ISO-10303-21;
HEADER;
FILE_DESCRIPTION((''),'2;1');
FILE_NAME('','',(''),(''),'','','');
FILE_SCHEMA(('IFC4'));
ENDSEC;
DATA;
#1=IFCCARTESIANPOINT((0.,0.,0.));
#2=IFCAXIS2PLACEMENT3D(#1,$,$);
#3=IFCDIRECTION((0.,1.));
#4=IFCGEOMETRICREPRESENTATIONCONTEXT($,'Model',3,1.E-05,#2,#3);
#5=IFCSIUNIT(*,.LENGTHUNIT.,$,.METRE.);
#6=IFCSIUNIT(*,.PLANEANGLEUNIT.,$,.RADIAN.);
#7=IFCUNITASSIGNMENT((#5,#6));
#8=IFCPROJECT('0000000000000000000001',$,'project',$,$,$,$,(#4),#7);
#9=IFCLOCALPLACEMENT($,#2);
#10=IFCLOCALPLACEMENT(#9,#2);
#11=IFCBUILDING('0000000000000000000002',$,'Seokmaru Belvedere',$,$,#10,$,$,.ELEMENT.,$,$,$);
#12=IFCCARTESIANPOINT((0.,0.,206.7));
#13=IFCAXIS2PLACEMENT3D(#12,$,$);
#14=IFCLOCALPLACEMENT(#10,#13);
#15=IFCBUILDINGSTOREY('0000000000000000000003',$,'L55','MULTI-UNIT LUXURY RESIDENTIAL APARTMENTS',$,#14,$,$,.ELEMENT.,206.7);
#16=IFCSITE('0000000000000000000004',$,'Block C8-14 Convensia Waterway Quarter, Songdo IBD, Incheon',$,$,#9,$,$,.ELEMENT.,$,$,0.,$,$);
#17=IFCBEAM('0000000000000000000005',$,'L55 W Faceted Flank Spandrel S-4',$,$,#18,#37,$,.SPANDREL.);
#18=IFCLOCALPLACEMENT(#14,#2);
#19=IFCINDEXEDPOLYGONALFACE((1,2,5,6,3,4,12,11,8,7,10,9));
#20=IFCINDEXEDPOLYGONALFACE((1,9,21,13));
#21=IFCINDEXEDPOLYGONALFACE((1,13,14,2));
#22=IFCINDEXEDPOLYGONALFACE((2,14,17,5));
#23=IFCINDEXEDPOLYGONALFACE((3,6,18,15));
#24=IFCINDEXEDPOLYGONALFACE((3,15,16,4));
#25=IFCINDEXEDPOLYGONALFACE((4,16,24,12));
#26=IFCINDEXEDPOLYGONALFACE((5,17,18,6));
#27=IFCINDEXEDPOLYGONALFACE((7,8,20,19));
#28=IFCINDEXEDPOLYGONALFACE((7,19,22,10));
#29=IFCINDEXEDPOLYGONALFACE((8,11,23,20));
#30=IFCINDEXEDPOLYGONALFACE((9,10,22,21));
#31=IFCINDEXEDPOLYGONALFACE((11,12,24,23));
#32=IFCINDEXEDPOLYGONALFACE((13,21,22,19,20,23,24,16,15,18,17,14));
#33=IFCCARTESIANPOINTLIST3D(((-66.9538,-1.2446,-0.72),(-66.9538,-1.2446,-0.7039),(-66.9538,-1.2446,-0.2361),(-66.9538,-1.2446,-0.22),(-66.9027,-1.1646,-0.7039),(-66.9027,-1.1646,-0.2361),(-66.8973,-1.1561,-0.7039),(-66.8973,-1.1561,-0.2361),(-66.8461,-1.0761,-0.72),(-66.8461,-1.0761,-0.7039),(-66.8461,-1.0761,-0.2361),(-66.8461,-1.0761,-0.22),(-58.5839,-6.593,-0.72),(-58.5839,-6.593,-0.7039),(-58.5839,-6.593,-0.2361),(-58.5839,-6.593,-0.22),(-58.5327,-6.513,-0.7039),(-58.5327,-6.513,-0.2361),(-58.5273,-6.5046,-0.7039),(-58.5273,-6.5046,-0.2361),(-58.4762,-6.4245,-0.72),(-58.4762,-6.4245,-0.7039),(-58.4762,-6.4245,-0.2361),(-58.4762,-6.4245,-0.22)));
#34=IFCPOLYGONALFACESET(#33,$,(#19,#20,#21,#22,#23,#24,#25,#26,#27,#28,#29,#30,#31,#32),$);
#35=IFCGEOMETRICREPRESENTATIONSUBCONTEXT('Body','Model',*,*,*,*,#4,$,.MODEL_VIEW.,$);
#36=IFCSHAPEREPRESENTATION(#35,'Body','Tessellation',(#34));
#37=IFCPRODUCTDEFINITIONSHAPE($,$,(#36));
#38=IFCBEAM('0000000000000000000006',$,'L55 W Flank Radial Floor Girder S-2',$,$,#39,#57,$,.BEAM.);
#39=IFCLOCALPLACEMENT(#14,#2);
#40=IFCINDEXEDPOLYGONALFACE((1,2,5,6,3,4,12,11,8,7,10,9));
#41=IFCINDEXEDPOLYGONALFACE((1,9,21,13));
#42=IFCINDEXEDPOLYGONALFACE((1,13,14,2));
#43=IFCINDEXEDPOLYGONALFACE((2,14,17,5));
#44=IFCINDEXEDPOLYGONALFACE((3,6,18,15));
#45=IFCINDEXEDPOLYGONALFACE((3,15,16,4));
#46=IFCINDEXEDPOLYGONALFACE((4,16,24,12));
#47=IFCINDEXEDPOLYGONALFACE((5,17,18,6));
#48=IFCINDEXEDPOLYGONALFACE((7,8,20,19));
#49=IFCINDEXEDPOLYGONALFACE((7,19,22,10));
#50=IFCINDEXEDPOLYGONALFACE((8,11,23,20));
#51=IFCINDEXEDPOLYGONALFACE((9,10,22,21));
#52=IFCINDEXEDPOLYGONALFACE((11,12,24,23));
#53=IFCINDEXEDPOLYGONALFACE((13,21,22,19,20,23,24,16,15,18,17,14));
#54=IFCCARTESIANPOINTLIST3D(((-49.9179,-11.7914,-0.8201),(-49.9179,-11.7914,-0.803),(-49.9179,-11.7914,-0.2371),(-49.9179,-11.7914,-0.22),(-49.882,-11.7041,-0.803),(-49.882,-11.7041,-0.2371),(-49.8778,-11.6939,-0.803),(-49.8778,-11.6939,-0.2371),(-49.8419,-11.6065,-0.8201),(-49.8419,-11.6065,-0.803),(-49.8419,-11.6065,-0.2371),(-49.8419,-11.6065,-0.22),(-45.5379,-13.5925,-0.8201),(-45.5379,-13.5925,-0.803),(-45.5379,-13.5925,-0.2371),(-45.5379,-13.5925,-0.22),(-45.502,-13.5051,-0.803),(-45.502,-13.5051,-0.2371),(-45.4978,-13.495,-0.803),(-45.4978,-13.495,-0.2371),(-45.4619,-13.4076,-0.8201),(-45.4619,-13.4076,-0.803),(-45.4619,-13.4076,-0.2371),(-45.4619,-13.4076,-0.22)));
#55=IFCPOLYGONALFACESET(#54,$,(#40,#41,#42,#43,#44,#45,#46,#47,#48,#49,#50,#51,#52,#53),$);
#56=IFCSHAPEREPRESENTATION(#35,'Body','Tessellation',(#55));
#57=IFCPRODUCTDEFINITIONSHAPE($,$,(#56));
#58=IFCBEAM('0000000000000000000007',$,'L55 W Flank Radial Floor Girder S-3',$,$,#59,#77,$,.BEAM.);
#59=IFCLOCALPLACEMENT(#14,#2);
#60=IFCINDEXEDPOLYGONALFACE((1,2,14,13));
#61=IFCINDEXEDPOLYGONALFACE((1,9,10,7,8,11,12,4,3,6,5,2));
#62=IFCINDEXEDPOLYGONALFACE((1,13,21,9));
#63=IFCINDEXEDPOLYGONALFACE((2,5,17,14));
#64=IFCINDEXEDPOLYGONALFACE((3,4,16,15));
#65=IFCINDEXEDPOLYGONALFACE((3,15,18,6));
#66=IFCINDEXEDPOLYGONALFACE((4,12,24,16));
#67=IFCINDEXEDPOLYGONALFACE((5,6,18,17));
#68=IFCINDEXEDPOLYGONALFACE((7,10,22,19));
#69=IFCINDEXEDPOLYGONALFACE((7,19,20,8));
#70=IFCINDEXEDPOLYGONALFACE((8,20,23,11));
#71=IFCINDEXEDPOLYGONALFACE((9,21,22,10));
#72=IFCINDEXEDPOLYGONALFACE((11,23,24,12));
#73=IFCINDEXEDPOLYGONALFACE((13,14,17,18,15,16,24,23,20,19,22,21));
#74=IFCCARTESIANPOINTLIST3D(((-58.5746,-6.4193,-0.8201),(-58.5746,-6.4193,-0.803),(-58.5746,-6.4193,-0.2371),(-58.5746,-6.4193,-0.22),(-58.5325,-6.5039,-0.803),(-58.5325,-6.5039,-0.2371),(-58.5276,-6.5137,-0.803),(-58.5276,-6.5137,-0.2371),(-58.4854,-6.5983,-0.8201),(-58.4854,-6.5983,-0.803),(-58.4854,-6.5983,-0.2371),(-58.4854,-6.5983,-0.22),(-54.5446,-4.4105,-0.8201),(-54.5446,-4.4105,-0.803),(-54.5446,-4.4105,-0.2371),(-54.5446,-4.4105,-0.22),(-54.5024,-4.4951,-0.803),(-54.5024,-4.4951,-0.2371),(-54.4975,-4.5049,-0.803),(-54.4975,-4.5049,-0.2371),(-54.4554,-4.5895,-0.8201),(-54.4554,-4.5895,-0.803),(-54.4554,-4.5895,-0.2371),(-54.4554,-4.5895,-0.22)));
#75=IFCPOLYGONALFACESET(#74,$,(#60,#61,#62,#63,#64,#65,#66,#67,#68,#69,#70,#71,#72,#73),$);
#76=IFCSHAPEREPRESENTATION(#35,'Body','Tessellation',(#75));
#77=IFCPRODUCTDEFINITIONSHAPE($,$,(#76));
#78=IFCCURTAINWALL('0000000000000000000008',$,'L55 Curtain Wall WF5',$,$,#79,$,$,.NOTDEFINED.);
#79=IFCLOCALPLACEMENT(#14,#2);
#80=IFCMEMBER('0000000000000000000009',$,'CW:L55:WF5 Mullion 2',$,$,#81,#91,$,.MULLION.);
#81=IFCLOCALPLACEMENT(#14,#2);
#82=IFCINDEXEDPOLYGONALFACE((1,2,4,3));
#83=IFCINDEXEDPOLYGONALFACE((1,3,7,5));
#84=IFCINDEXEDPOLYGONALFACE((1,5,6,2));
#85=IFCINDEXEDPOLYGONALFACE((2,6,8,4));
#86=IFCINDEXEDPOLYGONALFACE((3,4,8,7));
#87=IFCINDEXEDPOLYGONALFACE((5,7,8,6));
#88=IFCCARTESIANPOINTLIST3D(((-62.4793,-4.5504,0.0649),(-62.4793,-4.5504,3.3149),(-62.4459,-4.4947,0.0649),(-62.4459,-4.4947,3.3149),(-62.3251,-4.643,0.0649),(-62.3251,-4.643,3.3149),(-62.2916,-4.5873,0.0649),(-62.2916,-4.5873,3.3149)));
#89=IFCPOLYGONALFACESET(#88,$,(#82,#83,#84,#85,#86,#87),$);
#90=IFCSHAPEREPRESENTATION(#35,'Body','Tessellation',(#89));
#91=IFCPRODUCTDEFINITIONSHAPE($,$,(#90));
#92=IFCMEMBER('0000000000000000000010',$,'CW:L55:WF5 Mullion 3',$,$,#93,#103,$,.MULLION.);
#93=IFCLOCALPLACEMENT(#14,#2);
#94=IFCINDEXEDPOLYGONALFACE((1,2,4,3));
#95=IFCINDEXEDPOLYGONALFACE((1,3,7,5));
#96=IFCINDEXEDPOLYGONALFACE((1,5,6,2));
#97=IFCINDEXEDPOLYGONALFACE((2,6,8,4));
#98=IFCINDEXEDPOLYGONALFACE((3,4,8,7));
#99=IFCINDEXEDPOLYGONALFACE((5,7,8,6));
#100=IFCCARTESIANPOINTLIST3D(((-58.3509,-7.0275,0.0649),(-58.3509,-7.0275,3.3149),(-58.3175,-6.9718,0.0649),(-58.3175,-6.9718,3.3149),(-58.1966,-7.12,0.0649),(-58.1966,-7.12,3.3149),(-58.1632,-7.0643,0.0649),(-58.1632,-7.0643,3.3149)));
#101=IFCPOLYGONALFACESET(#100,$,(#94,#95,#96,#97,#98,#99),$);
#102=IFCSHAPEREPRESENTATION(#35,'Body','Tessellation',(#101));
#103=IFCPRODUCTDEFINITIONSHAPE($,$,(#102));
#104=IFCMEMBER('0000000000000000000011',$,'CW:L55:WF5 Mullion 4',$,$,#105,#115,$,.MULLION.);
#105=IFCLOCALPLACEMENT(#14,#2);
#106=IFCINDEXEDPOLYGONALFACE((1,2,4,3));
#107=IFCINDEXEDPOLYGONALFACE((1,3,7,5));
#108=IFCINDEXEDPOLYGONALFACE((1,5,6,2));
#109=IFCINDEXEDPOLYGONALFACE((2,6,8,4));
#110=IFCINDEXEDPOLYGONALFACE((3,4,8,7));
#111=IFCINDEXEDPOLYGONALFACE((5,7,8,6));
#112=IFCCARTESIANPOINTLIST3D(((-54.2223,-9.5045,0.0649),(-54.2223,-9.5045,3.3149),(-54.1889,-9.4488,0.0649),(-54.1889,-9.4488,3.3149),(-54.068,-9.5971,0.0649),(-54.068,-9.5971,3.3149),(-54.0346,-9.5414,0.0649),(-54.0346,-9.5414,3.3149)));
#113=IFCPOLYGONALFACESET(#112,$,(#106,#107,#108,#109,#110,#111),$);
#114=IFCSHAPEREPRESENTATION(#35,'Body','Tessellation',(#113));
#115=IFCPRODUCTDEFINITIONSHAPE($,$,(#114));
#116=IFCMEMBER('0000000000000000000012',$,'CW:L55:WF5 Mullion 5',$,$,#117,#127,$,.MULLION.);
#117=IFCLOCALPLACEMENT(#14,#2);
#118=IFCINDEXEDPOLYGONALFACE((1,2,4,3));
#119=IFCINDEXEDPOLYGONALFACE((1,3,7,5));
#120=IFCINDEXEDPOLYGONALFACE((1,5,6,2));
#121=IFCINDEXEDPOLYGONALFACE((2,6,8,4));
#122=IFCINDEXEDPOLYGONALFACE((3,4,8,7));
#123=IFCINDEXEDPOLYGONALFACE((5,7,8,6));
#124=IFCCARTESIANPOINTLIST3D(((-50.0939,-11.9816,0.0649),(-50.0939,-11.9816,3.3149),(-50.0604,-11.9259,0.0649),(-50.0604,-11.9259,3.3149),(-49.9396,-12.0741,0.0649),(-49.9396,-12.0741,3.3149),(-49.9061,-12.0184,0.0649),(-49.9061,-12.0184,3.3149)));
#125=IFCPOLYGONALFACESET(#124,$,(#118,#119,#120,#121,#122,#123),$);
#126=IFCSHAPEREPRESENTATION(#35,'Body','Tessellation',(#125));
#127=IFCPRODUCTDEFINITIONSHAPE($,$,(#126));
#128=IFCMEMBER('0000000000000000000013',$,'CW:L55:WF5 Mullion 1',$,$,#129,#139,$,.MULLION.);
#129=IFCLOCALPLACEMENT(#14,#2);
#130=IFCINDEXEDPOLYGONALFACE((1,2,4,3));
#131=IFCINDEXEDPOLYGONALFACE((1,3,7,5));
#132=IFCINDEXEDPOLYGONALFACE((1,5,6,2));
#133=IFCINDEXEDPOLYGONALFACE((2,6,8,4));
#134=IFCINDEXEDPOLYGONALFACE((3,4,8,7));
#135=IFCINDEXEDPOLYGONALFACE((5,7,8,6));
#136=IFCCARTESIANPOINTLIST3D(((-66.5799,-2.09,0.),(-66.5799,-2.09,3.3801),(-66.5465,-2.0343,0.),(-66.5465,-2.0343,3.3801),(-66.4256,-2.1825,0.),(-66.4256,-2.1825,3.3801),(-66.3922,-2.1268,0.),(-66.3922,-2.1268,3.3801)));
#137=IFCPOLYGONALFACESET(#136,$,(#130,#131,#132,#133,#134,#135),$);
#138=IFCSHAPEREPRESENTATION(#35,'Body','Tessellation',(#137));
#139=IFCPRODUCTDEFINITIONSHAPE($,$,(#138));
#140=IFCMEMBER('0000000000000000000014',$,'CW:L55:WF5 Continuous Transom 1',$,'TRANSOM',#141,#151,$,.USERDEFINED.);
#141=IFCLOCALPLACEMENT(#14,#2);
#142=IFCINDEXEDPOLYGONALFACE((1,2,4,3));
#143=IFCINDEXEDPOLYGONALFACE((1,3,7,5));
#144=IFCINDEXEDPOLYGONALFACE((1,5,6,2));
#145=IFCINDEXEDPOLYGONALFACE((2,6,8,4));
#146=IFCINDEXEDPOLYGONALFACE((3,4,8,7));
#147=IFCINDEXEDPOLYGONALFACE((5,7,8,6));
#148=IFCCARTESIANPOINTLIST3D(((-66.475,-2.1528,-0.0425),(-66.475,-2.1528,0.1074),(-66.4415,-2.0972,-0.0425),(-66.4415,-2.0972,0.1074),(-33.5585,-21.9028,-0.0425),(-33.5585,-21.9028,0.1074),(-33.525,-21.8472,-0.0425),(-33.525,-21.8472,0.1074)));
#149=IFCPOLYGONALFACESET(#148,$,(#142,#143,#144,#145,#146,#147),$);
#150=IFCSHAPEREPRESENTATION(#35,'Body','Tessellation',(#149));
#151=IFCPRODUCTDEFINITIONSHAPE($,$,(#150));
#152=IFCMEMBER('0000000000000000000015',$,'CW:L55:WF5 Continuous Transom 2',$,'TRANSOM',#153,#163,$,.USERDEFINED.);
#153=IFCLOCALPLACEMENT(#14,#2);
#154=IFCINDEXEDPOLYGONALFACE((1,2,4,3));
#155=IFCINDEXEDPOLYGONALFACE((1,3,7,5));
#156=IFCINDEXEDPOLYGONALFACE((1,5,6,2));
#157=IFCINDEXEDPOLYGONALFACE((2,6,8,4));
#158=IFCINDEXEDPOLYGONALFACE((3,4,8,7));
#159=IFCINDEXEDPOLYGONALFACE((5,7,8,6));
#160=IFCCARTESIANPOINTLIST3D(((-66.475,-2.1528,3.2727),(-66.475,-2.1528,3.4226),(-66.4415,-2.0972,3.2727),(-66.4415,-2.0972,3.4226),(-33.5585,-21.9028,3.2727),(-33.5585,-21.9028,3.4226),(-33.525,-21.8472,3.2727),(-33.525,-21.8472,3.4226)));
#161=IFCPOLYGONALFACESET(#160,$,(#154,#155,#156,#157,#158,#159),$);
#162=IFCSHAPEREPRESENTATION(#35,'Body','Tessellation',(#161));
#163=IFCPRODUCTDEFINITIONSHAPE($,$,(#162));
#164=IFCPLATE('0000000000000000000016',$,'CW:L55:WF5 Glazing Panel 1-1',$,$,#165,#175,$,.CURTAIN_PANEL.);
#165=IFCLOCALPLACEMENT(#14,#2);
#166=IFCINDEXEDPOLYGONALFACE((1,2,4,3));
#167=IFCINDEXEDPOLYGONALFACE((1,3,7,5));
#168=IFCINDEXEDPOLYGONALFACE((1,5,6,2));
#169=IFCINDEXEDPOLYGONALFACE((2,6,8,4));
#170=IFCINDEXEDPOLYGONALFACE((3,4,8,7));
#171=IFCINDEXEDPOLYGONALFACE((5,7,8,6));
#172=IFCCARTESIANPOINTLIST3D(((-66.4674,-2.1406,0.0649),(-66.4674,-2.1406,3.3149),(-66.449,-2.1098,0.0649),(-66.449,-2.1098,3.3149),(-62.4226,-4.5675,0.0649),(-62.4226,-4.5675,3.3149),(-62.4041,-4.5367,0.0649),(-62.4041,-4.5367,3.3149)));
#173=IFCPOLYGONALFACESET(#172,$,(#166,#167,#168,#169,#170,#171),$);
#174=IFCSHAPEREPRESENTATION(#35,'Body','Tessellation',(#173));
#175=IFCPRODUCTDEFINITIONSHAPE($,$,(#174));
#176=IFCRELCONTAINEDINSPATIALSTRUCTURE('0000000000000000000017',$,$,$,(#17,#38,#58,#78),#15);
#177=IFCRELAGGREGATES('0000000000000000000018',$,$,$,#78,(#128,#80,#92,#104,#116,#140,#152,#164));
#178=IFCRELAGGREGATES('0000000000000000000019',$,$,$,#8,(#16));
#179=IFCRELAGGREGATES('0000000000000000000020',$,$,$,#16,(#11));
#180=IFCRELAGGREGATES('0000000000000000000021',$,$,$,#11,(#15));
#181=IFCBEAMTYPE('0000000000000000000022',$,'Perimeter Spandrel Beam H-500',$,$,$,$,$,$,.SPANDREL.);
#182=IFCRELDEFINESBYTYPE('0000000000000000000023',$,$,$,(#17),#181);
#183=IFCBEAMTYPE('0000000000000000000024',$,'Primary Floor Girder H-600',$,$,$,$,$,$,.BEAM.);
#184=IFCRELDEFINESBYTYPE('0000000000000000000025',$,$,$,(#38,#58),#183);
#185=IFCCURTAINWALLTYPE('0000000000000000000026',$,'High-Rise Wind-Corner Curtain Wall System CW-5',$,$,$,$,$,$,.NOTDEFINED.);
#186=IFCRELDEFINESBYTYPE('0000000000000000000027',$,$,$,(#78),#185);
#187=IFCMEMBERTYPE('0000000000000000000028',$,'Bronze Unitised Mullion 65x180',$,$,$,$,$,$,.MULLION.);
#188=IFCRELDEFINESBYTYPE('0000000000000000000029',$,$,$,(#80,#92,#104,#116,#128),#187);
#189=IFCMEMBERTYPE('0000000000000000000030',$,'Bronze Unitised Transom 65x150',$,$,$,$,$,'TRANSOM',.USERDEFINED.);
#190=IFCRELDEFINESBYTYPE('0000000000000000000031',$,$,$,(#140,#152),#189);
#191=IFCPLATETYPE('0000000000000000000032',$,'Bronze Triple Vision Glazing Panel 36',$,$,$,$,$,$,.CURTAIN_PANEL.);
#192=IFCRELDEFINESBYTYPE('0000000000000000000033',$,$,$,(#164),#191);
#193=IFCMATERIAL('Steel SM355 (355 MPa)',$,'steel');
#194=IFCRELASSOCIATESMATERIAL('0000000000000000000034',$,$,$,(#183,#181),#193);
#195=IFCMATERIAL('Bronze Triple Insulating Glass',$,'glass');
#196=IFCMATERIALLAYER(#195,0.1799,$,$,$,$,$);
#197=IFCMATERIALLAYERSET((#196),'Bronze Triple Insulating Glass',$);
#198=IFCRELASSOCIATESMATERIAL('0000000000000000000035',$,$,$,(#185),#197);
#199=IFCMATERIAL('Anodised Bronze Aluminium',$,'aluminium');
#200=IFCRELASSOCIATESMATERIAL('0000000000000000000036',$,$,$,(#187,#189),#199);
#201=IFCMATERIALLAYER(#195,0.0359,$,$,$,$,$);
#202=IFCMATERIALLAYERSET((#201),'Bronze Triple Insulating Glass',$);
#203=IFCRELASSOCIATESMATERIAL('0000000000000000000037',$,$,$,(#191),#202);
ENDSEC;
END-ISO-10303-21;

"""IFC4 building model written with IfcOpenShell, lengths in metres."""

from ifc_helpers import new_model, si_unit, direction, frame, origin, origin_2d, place, context, subcontext, project, spatial, rectangle, i_section, extrude, source, transform, mapped, material, layer, layer_set, material_profile, profile_set, type_object, type_shapes, element, aggregate, save


model = new_model("IFC4")

# Units and contexts
model_context = context("Model", 3, precision=1e-05, world=origin(), true_north=direction((0.0, 1.0)))
body_context = subcontext(model_context, "Body", "Model", "MODEL_VIEW")
ifc_project = project(units=[si_unit("LENGTHUNIT", "METRE"), si_unit("PLANEANGLEUNIT", "RADIAN")], contexts=[model_context])

# Site, building, storey
site_placement = place(None, origin())
site = spatial("IfcSite", under=ifc_project, at=site_placement, Name="Block C8-14 Convensia Waterway Quarter, Songdo IBD, Incheon", CompositionType="ELEMENT", RefElevation=0.0)
building_placement = place(site_placement, origin())
building = spatial("IfcBuilding", under=site, at=building_placement, Name="Seokmaru Belvedere", CompositionType="ELEMENT")
storey_placement = place(building_placement, frame((0.0, 0.0, 206.7)))
storey = spatial("IfcBuildingStorey", under=building, at=storey_placement, Name="L55", Description="MULTI-UNIT LUXURY RESIDENTIAL APARTMENTS", CompositionType="ELEMENT", Elevation=206.7)

# Shared definitions
ifc_material_1 = material(Name="Steel SM355 (355 MPa)", Category="steel")

# Beams
ifc_material_profile_1 = material_profile(ifc_material_1, i_section(OverallWidth=0.2, OverallDepth=0.6001, WebThickness=0.011, FlangeThickness=0.0171, at=origin_2d()), Name="H-600x200x11x17")
ifc_profile_set_1 = profile_set([ifc_material_profile_1], Name="Steel SM355 (355 MPa)")
beam_type_1 = type_object("IfcBeamType", Name="Primary Floor Girder H-600", PredefinedType="BEAM", material=ifc_profile_set_1)
ifc_material_profile_2 = material_profile(ifc_material_1, i_section(OverallWidth=0.2, OverallDepth=0.5, WebThickness=0.01, FlangeThickness=0.0161, at=origin_2d()), Name="H-500x200x10x16")
ifc_profile_set_2 = profile_set([ifc_material_profile_2], Name="Steel SM355 (355 MPa)")
beam_type_2 = type_object("IfcBeamType", Name="Perimeter Spandrel Beam H-500", PredefinedType="SPANDREL", material=ifc_profile_set_2)
shared_shape_1 = source(origin(), body_context, "Body", "SweptSolid", [
    extrude(i_section(OverallWidth=0.2, OverallDepth=0.5, WebThickness=0.01, FlangeThickness=0.0161, at=origin_2d()), origin(), (0.0, 0.0, 1.0), 9.9329),
])
beam_1_placement = place(storey_placement, frame((-58.53, -6.5088, -0.47), z_axis=(-0.842652, 0.538459, 0.0), x_axis=(-0.538459, -0.842652, 0.0)))
element("IfcBeam", 1, at=beam_1_placement, inside=storey, type_object=beam_type_2, Name="L55 W Faceted Flank Spandrel S-4", PredefinedType="SPANDREL", context=body_context, shape_type="MappedRepresentation", body=[
    mapped(shared_shape_1, transform((0.0, 0.0, 0.0), scale=1.0)),
])
shared_shape_2 = source(origin(), body_context, "Body", "SweptSolid", [
    extrude(i_section(OverallWidth=0.2, OverallDepth=0.6001, WebThickness=0.011, FlangeThickness=0.0171, at=origin_2d()), origin(), (0.0, 0.0, 1.0), 4.7358),
])
beam_2_placement = place(storey_placement, frame((-49.8799, -11.699, -0.52), z_axis=(0.924861, -0.380306, 0.0), x_axis=(0.380306, 0.924861, 0.0)))
element("IfcBeam", 2, at=beam_2_placement, inside=storey, type_object=beam_type_1, Name="L55 W Flank Radial Floor Girder S-2", PredefinedType="BEAM", context=body_context, shape_type="MappedRepresentation", body=[
    mapped(shared_shape_2, transform((0.0, 0.0, 0.0), scale=1.0)),
])
shared_shape_3 = source(origin(), body_context, "Body", "SweptSolid", [
    extrude(i_section(OverallWidth=0.2, OverallDepth=0.6001, WebThickness=0.011, FlangeThickness=0.0171, at=origin_2d()), origin(), (0.0, 0.0, 1.0), 4.5029),
])
beam_3_placement = place(storey_placement, frame((-58.53, -6.5088, -0.52), z_axis=(0.89498, 0.446107, 0.0), x_axis=(-0.446107, 0.89498, 0.0)))
element("IfcBeam", 3, at=beam_3_placement, inside=storey, type_object=beam_type_1, Name="L55 W Flank Radial Floor Girder S-3", PredefinedType="BEAM", context=body_context, shape_type="MappedRepresentation", body=[
    mapped(shared_shape_3, transform((0.0, 0.0, 0.0), scale=1.0)),
])

# Curtain wall, members, plate
ifc_material_2 = material(Name="Bronze Triple Insulating Glass", Category="glass")
ifc_layer_1 = layer(ifc_material_2, 0.1799)
ifc_layer_set_1 = layer_set([ifc_layer_1], Name="Bronze Triple Insulating Glass")
curtain_wall_type = type_object("IfcCurtainWallType", Name="High-Rise Wind-Corner Curtain Wall System CW-5", PredefinedType="NOTDEFINED", material=ifc_layer_set_1)
curtain_wall_placement = place(storey_placement, origin())
curtain_wall = element("IfcCurtainWall", 4, at=curtain_wall_placement, inside=storey, type_object=curtain_wall_type, Name="L55 Curtain Wall WF5", PredefinedType="NOTDEFINED")
ifc_material_3 = material(Name="Anodised Bronze Aluminium", Category="aluminium")
ifc_material_profile_3 = material_profile(ifc_material_3, rectangle(XDim=0.0649, YDim=0.1799, at=origin_2d()), Name="CW-M-65x180")
ifc_profile_set_3 = profile_set([ifc_material_profile_3], Name="Anodised Bronze Aluminium")
member_type_1 = type_object("IfcMemberType", Name="Bronze Unitised Mullion 65x180", PredefinedType="MULLION", material=ifc_profile_set_3)
shared_shape_4 = source(origin(), body_context, "Body", "SweptSolid", [
    extrude(rectangle(XDim=0.0649, YDim=0.1799, at=origin_2d()), origin(), (0.0, 0.0, 1.0), 3.25),
])
member_1_placement = place(storey_placement, frame((-62.3855, -4.5688, 0.0649), z_axis=(0.0, 0.0, 1.0), x_axis=(0.514495, 0.857493, 0.0)))
member_1 = element("IfcMember", 5, at=member_1_placement, type_object=member_type_1, Name="CW:L55:WF5 Mullion 2", PredefinedType="MULLION", context=body_context, shape_type="MappedRepresentation", body=[
    mapped(shared_shape_4, transform((0.0, 0.0, 0.0), scale=1.0)),
])
member_2_placement = place(storey_placement, frame((-58.2571, -7.0459, 0.0649), z_axis=(0.0, 0.0, 1.0), x_axis=(0.514495, 0.857493, 0.0)))
member_2 = element("IfcMember", 6, at=member_2_placement, type_object=member_type_1, Name="CW:L55:WF5 Mullion 3", PredefinedType="MULLION", context=body_context, shape_type="MappedRepresentation", body=[
    mapped(shared_shape_4, transform((0.0, 0.0, 0.0), scale=1.0)),
])
member_3_placement = place(storey_placement, frame((-54.1284, -9.5229, 0.0649), z_axis=(0.0, 0.0, 1.0), x_axis=(0.514495, 0.857493, 0.0)))
member_3 = element("IfcMember", 7, at=member_3_placement, type_object=member_type_1, Name="CW:L55:WF5 Mullion 4", PredefinedType="MULLION", context=body_context, shape_type="MappedRepresentation", body=[
    mapped(shared_shape_4, transform((0.0, 0.0, 0.0), scale=1.0)),
])
member_4_placement = place(storey_placement, frame((-50.0, -12.0, 0.0649), z_axis=(0.0, 0.0, 1.0), x_axis=(0.514495, 0.857493, 0.0)))
member_4 = element("IfcMember", 8, at=member_4_placement, type_object=member_type_1, Name="CW:L55:WF5 Mullion 5", PredefinedType="MULLION", context=body_context, shape_type="MappedRepresentation", body=[
    mapped(shared_shape_4, transform((0.0, 0.0, 0.0), scale=1.0)),
])
shared_shape_5 = source(origin(), body_context, "Body", "SweptSolid", [
    extrude(rectangle(XDim=0.0649, YDim=0.1799, at=origin_2d()), origin(), (0.0, 0.0, 1.0), 3.3801),
])
type_shapes(member_type_1, [shared_shape_4, shared_shape_5])
member_5_placement = place(storey_placement, frame((-66.4861, -2.1084, 0.0), z_axis=(0.0, 0.0, 1.0), x_axis=(0.514495, 0.857493, 0.0)))
member_5 = element("IfcMember", 9, at=member_5_placement, type_object=member_type_1, Name="CW:L55:WF5 Mullion 1", PredefinedType="MULLION", context=body_context, shape_type="MappedRepresentation", body=[
    mapped(shared_shape_5, transform((0.0, 0.0, 0.0), scale=1.0)),
])
ifc_material_profile_4 = material_profile(ifc_material_3, rectangle(XDim=0.0649, YDim=0.1499, at=origin_2d()), Name="CW-T-65x150")
ifc_profile_set_4 = profile_set([ifc_material_profile_4], Name="Anodised Bronze Aluminium")
member_type_2 = type_object("IfcMemberType", Name="Bronze Unitised Transom 65x150", ElementType="TRANSOM", PredefinedType="USERDEFINED", material=ifc_profile_set_4)
shared_shape_6 = source(origin(), body_context, "Body", "SweptSolid", [
    extrude(rectangle(XDim=0.0649, YDim=0.1499, at=origin_2d()), origin(), (0.0, 0.0, 1.0), 38.387),
])
type_shapes(member_type_2, [shared_shape_6])
member_6_placement = place(storey_placement, frame((-66.4583, -2.125, 0.0325), z_axis=(0.857492, -0.514498, 0.0), x_axis=(0.514498, 0.857492, 0.0)))
member_6 = element("IfcMember", 10, at=member_6_placement, type_object=member_type_2, Name="CW:L55:WF5 Continuous Transom 1", ObjectType="TRANSOM", PredefinedType="USERDEFINED", context=body_context, shape_type="MappedRepresentation", body=[
    mapped(shared_shape_6, transform((0.0, 0.0, 0.0), scale=1.0)),
])
member_7_placement = place(storey_placement, frame((-66.4583, -2.125, 3.3477), z_axis=(0.857492, -0.514498, 0.0), x_axis=(0.514498, 0.857492, 0.0)))
member_7 = element("IfcMember", 11, at=member_7_placement, type_object=member_type_2, Name="CW:L55:WF5 Continuous Transom 2", ObjectType="TRANSOM", PredefinedType="USERDEFINED", context=body_context, shape_type="MappedRepresentation", body=[
    mapped(shared_shape_6, transform((0.0, 0.0, 0.0), scale=1.0)),
])
ifc_layer_2 = layer(ifc_material_2, 0.0359)
ifc_layer_set_2 = layer_set([ifc_layer_2], Name="Bronze Triple Insulating Glass")
plate_type = type_object("IfcPlateType", Name="Bronze Triple Vision Glazing Panel 36", PredefinedType="CURTAIN_PANEL", material=ifc_layer_set_2)
shared_shape_7 = source(origin(), body_context, "Body", "SweptSolid", [
    extrude(rectangle(XDim=4.717, YDim=0.0359, at=origin_2d()), origin(), (0.0, 0.0, 1.0), 3.25),
])
plate_1_placement = place(storey_placement, frame((-64.4358, -3.3386, 0.0649), z_axis=(0.0, 0.0, 1.0), x_axis=(0.857493, -0.514495, 0.0)))
plate_1 = element("IfcPlate", 12, at=plate_1_placement, type_object=plate_type, Name="CW:L55:WF5 Glazing Panel 1-1", PredefinedType="CURTAIN_PANEL", context=body_context, shape_type="MappedRepresentation", body=[
    mapped(shared_shape_7, transform((0.0, 0.0, 0.0), scale=1.0)),
])
aggregate(curtain_wall, [member_5, member_1, member_2, member_3, member_4, member_6, member_7, plate_1])

save(model, "model.ifc")
